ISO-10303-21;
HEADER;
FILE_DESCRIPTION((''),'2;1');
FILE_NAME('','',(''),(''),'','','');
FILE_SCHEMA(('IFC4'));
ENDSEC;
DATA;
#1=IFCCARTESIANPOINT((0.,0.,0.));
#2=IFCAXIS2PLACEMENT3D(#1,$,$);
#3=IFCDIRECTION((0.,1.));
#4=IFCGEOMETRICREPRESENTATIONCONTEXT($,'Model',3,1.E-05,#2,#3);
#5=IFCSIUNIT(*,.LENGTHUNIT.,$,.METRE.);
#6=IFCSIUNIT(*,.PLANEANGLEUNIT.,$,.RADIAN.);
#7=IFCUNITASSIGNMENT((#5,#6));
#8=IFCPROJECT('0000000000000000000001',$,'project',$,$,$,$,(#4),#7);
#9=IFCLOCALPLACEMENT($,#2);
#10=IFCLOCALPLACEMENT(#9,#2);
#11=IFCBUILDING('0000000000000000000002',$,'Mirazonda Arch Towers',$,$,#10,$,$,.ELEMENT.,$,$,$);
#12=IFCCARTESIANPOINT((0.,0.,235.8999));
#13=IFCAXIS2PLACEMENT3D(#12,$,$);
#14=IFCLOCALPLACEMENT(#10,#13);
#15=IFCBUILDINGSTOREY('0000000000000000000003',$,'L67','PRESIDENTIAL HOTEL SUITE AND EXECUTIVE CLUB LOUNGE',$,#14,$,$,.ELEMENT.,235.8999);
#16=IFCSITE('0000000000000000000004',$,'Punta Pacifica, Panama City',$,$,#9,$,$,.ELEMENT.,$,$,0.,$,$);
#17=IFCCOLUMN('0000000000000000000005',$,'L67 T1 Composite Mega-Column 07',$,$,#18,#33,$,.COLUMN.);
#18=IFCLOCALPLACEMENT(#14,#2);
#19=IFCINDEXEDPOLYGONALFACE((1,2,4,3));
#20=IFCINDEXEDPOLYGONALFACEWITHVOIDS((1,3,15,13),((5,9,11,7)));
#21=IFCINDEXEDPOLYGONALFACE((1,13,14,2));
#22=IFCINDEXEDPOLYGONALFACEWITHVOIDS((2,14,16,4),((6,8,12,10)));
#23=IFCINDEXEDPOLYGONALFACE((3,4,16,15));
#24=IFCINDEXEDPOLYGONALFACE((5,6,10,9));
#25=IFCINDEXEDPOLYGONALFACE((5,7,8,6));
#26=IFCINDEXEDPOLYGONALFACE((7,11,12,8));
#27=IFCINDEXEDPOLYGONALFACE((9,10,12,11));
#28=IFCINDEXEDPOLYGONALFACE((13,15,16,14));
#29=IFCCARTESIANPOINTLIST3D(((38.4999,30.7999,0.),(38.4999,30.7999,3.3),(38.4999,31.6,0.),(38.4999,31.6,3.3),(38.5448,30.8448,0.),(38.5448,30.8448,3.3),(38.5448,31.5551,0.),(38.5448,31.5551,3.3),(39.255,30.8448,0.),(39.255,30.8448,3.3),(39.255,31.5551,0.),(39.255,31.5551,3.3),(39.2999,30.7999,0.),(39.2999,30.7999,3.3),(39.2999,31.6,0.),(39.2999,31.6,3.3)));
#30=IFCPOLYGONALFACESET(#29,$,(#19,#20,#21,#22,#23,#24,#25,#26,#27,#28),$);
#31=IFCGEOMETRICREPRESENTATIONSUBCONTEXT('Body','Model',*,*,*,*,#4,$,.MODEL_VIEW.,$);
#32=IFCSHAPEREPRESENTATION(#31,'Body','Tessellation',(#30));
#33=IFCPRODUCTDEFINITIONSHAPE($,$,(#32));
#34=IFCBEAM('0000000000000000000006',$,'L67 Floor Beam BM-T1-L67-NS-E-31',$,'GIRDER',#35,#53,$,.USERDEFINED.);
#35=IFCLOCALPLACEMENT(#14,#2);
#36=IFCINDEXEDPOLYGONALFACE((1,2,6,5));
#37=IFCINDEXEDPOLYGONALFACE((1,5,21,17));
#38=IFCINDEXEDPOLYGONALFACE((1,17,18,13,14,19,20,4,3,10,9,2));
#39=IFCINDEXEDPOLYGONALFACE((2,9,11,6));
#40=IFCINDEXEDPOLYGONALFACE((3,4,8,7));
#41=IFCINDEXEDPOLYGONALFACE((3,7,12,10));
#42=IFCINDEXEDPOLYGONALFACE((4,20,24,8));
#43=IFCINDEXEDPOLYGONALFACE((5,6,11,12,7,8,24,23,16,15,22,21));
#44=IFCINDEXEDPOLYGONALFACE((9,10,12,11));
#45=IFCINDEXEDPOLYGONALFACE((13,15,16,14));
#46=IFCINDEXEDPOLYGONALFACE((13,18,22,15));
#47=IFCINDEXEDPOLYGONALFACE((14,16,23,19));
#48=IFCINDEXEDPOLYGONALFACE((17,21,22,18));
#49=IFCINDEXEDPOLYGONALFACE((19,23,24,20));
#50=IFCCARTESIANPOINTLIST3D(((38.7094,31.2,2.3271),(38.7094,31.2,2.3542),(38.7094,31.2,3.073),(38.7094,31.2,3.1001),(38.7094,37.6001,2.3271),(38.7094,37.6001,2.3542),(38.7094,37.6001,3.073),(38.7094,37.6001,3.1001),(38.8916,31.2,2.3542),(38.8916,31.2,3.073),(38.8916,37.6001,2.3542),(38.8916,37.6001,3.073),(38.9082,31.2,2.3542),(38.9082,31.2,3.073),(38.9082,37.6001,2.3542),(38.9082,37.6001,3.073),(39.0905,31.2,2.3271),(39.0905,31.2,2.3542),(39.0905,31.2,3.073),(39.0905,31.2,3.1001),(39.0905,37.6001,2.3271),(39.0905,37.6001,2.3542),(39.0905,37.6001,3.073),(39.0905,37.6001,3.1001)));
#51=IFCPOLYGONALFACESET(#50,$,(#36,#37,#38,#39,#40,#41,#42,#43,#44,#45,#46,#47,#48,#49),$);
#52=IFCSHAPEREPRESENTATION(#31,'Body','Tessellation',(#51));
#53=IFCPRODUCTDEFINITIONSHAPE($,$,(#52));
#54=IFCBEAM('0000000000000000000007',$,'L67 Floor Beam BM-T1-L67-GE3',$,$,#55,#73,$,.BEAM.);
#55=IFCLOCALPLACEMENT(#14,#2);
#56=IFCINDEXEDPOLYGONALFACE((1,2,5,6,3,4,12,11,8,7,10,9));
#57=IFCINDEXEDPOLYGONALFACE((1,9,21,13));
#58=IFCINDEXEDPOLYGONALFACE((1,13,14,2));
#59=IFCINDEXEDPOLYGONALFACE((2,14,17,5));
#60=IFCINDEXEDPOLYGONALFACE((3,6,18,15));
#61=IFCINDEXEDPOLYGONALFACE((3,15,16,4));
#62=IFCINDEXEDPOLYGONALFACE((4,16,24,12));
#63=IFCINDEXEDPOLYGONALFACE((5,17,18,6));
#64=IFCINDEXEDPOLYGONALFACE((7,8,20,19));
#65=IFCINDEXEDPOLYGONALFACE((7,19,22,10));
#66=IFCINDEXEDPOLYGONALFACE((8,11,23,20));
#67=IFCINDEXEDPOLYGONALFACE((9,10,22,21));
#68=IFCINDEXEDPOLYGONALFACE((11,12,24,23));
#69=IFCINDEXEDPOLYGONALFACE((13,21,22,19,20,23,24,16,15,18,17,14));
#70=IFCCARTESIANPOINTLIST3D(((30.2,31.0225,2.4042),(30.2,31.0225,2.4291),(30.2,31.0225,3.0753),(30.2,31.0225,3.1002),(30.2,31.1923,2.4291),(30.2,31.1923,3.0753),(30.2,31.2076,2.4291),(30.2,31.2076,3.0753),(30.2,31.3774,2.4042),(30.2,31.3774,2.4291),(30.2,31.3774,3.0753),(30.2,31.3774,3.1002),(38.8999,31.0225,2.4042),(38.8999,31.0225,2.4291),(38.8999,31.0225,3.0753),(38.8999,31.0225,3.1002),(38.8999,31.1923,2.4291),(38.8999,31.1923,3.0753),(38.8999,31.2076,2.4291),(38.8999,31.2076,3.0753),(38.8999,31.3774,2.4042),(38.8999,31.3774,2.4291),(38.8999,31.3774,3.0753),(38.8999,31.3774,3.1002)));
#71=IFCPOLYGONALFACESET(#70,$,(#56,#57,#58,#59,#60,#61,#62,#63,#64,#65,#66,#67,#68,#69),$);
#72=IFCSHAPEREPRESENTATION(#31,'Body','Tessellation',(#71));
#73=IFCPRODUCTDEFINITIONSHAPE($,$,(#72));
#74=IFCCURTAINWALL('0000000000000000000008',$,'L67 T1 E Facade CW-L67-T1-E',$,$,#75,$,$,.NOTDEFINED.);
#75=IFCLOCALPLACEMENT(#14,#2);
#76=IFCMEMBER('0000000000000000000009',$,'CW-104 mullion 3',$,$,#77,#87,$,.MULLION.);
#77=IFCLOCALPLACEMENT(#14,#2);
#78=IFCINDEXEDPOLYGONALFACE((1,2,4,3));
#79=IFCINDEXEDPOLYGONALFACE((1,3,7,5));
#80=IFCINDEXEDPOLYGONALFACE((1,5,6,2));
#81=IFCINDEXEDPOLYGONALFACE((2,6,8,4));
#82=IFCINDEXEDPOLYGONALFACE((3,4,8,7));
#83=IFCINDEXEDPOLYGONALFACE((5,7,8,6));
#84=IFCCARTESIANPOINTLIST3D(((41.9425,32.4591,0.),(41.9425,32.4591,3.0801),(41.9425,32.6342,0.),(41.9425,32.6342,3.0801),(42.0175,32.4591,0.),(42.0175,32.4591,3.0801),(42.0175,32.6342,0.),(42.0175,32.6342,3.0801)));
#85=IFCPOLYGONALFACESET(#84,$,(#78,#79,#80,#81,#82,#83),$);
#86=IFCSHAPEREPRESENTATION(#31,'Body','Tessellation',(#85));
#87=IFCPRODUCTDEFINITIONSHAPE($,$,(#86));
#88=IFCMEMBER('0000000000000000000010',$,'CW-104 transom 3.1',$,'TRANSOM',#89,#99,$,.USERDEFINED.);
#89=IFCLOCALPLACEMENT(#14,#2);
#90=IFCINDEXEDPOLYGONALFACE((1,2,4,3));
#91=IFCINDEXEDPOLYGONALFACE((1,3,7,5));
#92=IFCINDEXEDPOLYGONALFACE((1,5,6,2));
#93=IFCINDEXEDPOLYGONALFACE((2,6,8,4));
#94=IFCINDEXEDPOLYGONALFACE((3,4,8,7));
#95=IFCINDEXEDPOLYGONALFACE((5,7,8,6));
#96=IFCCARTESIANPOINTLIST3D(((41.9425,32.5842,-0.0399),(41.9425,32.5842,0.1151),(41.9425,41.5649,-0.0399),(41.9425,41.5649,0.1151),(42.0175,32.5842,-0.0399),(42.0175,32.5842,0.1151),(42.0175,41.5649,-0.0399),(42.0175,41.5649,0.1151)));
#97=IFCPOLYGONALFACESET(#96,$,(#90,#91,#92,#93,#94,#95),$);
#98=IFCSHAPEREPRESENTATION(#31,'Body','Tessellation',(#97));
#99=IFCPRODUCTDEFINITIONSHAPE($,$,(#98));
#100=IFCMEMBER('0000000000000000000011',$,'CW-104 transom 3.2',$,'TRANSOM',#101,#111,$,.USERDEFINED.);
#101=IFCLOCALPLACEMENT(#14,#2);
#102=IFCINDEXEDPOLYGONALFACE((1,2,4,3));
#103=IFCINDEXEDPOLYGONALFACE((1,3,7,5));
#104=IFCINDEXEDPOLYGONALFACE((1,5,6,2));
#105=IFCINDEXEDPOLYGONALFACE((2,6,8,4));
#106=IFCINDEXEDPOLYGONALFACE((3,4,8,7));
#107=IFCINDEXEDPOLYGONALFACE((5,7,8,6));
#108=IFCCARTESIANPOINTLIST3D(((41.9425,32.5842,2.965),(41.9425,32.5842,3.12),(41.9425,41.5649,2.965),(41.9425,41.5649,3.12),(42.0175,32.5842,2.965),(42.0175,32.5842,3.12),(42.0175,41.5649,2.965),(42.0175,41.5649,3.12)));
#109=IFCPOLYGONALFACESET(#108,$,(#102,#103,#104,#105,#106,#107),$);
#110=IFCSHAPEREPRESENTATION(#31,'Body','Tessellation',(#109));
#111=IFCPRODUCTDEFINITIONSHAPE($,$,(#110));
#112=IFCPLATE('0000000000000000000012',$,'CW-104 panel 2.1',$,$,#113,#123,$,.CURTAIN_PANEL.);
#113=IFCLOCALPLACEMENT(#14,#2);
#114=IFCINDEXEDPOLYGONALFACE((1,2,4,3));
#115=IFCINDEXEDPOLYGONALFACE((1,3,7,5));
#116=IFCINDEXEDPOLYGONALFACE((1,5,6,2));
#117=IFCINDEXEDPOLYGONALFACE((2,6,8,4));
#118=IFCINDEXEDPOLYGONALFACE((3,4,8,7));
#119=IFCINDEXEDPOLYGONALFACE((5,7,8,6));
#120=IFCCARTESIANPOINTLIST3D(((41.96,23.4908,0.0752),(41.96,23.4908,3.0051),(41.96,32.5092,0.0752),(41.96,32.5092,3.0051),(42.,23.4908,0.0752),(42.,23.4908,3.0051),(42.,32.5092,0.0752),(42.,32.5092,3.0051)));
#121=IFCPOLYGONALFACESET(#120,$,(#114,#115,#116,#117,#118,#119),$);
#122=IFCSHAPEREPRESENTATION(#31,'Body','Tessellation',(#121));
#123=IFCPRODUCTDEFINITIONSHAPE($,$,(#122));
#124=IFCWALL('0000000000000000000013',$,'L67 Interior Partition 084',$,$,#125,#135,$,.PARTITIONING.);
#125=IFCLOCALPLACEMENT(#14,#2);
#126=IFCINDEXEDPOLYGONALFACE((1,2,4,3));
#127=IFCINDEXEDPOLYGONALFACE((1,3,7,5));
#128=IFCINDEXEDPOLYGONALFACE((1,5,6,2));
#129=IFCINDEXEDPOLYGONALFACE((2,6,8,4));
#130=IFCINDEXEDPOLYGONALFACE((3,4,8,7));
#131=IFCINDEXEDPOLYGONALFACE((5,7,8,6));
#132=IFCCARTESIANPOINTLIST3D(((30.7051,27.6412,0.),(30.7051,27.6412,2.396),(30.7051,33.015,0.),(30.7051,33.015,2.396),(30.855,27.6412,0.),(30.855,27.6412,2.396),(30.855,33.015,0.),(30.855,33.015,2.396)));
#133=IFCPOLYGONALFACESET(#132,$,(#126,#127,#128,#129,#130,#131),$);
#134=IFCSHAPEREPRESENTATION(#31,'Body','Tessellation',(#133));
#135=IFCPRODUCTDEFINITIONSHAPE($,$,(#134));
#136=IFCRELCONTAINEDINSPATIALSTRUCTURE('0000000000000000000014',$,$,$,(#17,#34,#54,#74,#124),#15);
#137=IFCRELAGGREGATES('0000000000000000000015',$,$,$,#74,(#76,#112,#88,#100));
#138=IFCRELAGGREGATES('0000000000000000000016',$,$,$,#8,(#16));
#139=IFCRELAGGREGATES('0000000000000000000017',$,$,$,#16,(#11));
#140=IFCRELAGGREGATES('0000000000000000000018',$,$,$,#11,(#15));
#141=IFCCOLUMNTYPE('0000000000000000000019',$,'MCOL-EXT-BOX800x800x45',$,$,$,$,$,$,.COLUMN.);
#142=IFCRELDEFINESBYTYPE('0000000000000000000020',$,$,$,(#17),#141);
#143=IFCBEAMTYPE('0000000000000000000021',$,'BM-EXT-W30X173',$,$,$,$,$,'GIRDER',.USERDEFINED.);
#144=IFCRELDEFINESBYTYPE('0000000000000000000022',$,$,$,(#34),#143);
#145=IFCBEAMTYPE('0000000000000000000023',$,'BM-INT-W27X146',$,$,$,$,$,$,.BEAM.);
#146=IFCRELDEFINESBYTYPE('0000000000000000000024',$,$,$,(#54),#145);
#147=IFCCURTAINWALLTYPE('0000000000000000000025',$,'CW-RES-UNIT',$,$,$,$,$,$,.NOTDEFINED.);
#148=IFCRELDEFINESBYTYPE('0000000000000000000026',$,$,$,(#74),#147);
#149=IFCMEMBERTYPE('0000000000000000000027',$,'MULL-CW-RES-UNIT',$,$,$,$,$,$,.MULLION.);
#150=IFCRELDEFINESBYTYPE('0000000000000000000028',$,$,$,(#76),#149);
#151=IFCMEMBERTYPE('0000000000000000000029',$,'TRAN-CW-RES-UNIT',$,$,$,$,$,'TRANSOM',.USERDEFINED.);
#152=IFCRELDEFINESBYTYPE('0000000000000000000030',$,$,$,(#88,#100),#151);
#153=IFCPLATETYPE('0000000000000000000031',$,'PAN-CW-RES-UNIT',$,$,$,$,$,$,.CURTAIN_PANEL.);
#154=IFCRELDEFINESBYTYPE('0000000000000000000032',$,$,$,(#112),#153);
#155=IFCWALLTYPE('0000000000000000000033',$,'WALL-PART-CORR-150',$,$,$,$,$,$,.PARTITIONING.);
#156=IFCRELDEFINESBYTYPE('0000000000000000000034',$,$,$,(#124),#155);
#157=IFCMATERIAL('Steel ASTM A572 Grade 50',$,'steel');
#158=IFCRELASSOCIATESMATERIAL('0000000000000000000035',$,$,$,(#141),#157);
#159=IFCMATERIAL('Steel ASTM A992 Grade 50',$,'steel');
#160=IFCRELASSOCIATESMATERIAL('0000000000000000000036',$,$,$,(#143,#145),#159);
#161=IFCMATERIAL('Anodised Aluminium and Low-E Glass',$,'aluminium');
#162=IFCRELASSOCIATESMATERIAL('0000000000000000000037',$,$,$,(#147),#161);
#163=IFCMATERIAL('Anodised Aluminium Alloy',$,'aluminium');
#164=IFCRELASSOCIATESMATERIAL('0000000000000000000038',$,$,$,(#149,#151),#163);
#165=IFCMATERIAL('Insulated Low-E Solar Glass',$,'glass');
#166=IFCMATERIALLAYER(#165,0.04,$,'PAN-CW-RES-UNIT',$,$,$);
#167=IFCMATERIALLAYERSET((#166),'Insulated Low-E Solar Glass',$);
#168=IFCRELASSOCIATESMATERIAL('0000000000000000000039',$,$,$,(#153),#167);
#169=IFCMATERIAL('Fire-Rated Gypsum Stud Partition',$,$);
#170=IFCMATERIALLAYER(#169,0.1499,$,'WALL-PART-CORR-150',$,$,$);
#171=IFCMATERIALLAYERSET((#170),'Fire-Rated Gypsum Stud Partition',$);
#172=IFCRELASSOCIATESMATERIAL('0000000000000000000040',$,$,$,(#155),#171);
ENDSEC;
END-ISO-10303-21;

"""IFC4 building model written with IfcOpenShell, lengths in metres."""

from ifc_helpers import new_model, si_unit, direction, frame, frame_2d, origin, origin_2d, place, context, subcontext, project, spatial, rectangle, hollow_rectangle, i_section, extrude, material, layer, layer_set, material_profile, profile_set, type_object, element, aggregate, save


model = new_model("IFC4")

# Units and contexts
model_context = context("Model", 3, precision=1e-05, world=origin(), true_north=direction((0.0, 1.0)))
body_context = subcontext(model_context, "Body", "Model", "MODEL_VIEW")
ifc_project = project(units=[si_unit("LENGTHUNIT", "METRE"), si_unit("PLANEANGLEUNIT", "RADIAN")], contexts=[model_context])

# Site, building, storey
site_placement = place(None, origin())
site = spatial("IfcSite", under=ifc_project, at=site_placement, Name="Punta Pacifica, Panama City", CompositionType="ELEMENT", RefElevation=0.0)
building_placement = place(site_placement, origin())
building = spatial("IfcBuilding", under=site, at=building_placement, Name="Mirazonda Arch Towers", CompositionType="ELEMENT")
storey_placement = place(building_placement, frame((0.0, 0.0, 235.8999)))
storey = spatial("IfcBuildingStorey", under=building, at=storey_placement, Name="L67", Description="PRESIDENTIAL HOTEL SUITE AND EXECUTIVE CLUB LOUNGE", CompositionType="ELEMENT", Elevation=235.8999)

# Column
ifc_material_1 = material(Name="Steel ASTM A572 Grade 50", Category="steel")
ifc_material_profile_1 = material_profile(ifc_material_1, hollow_rectangle(XDim=0.8, YDim=0.8, WallThickness=0.0449, at=origin_2d()), Name="BOX800x800x45")
ifc_profile_set_1 = profile_set([ifc_material_profile_1], Name="Steel ASTM A572 Grade 50")
column_type = type_object("IfcColumnType", Name="MCOL-EXT-BOX800x800x45", PredefinedType="COLUMN", material=ifc_profile_set_1)
column_placement = place(storey_placement, frame((38.8999, 31.2, 0.0), z_axis=(0.0, 0.0, 1.0), x_axis=(1.0, 0.0, 0.0)))
element("IfcColumn", 1, at=column_placement, inside=storey, type_object=column_type, Name="L67 T1 Composite Mega-Column 07", PredefinedType="COLUMN", context=body_context, shape_type="SweptSolid", body=[
    extrude(hollow_rectangle(XDim=0.8, YDim=0.8, WallThickness=0.0449, at=origin_2d()), origin(), (0.0, 0.0, 1.0), 3.3),
])

# Beams
ifc_material_2 = material(Name="Steel ASTM A992 Grade 50", Category="steel")
ifc_material_profile_2 = material_profile(ifc_material_2, i_section(OverallWidth=0.3811, OverallDepth=0.7729, WebThickness=0.0166, FlangeThickness=0.0271, at=origin_2d()), Name="W30X173")
ifc_profile_set_2 = profile_set([ifc_material_profile_2], Name="Steel ASTM A992 Grade 50")
beam_type_1 = type_object("IfcBeamType", Name="BM-EXT-W30X173", ElementType="GIRDER", PredefinedType="USERDEFINED", material=ifc_profile_set_2)
beam_1_placement = place(storey_placement, frame((38.8999, 31.2, 2.7136), z_axis=(0.0, 1.0, 0.0), x_axis=(-1.0, 0.0, 0.0)))
element("IfcBeam", 2, at=beam_1_placement, inside=storey, type_object=beam_type_1, Name="L67 Floor Beam BM-T1-L67-NS-E-31", ObjectType="GIRDER", PredefinedType="USERDEFINED", context=body_context, shape_type="SweptSolid", body=[
    extrude(i_section(OverallWidth=0.3811, OverallDepth=0.7729, WebThickness=0.0166, FlangeThickness=0.0271, at=origin_2d()), origin(), (0.0, 0.0, 1.0), 6.4001),
])
ifc_material_profile_3 = material_profile(ifc_material_2, i_section(OverallWidth=0.355, OverallDepth=0.696, WebThickness=0.0154, FlangeThickness=0.0249, at=origin_2d()), Name="W27X146")
ifc_profile_set_3 = profile_set([ifc_material_profile_3], Name="Steel ASTM A992 Grade 50")
beam_type_2 = type_object("IfcBeamType", Name="BM-INT-W27X146", PredefinedType="BEAM", material=ifc_profile_set_3)
beam_2_placement = place(storey_placement, frame((30.2, 31.2, 2.7522), z_axis=(1.0, 0.0, 0.0), x_axis=(0.0, 1.0, 0.0)))
element("IfcBeam", 3, at=beam_2_placement, inside=storey, type_object=beam_type_2, Name="L67 Floor Beam BM-T1-L67-GE3", PredefinedType="BEAM", context=body_context, shape_type="SweptSolid", body=[
    extrude(i_section(OverallWidth=0.355, OverallDepth=0.696, WebThickness=0.0154, FlangeThickness=0.0249, at=origin_2d()), origin(), (0.0, 0.0, 1.0), 8.7),
])

# Curtain wall, members, plate
ifc_material_3 = material(Name="Anodised Aluminium and Low-E Glass", Category="aluminium")
curtain_wall_type = type_object("IfcCurtainWallType", Name="CW-RES-UNIT", PredefinedType="NOTDEFINED", material=ifc_material_3)
curtain_wall_placement = place(storey_placement, origin())
curtain_wall = element("IfcCurtainWall", 4, at=curtain_wall_placement, inside=storey, type_object=curtain_wall_type, Name="L67 T1 E Facade CW-L67-T1-E", PredefinedType="NOTDEFINED")
ifc_material_4 = material(Name="Anodised Aluminium Alloy", Category="aluminium")
ifc_material_profile_4 = material_profile(ifc_material_4, rectangle(XDim=0.075, YDim=0.175, at=origin_2d()), Name="ALU-MULL-75x175")
ifc_profile_set_4 = profile_set([ifc_material_profile_4], Name="Anodised Aluminium Alloy")
member_type_1 = type_object("IfcMemberType", Name="MULL-CW-RES-UNIT", PredefinedType="MULLION", material=ifc_profile_set_4)
member_1_placement = place(storey_placement, frame((41.98, 32.5466, 0.0), z_axis=(0.0, 0.0, 1.0), x_axis=(-1.0, 0.0, 0.0)))
member_1 = element("IfcMember", 5, at=member_1_placement, type_object=member_type_1, Name="CW-104 mullion 3", PredefinedType="MULLION", context=body_context, shape_type="SweptSolid", body=[
    extrude(rectangle(XDim=0.075, YDim=0.175, at=origin_2d()), origin(), (0.0, 0.0, 1.0), 3.0801),
])
ifc_material_profile_5 = material_profile(ifc_material_4, rectangle(XDim=0.075, YDim=0.155, at=origin_2d()), Name="ALU-TRAN-75x155")
ifc_profile_set_5 = profile_set([ifc_material_profile_5], Name="Anodised Aluminium Alloy")
member_type_2 = type_object("IfcMemberType", Name="TRAN-CW-RES-UNIT", ElementType="TRANSOM", PredefinedType="USERDEFINED", material=ifc_profile_set_5)
member_2_placement = place(storey_placement, frame((41.98, 32.5842, 0.0376), z_axis=(0.0, 1.0, 0.0), x_axis=(-1.0, 0.0, 0.0)))
member_2 = element("IfcMember", 6, at=member_2_placement, type_object=member_type_2, Name="CW-104 transom 3.1", ObjectType="TRANSOM", PredefinedType="USERDEFINED", context=body_context, shape_type="SweptSolid", body=[
    extrude(rectangle(XDim=0.075, YDim=0.155, at=origin_2d()), origin(), (0.0, 0.0, 1.0), 8.9807),
])
member_3_placement = place(storey_placement, frame((41.98, 32.5842, 3.0425), z_axis=(0.0, 1.0, 0.0), x_axis=(-1.0, 0.0, 0.0)))
member_3 = element("IfcMember", 7, at=member_3_placement, type_object=member_type_2, Name="CW-104 transom 3.2", ObjectType="TRANSOM", PredefinedType="USERDEFINED", context=body_context, shape_type="SweptSolid", body=[
    extrude(rectangle(XDim=0.075, YDim=0.155, at=origin_2d()), origin(), (0.0, 0.0, 1.0), 8.9807),
])
ifc_material_5 = material(Name="Insulated Low-E Solar Glass", Category="glass")
ifc_layer_1 = layer(ifc_material_5, 0.04, Name="PAN-CW-RES-UNIT")
ifc_layer_set_1 = layer_set([ifc_layer_1], Name="Insulated Low-E Solar Glass")
plate_type = type_object("IfcPlateType", Name="PAN-CW-RES-UNIT", PredefinedType="CURTAIN_PANEL", material=ifc_layer_set_1)
plate_placement = place(storey_placement, frame((41.98, 28.0, 0.0752), z_axis=(0.0, 0.0, 1.0), x_axis=(0.0, 1.0, 0.0)))
plate = element("IfcPlate", 8, at=plate_placement, type_object=plate_type, Name="CW-104 panel 2.1", PredefinedType="CURTAIN_PANEL", context=body_context, shape_type="SweptSolid", body=[
    extrude(rectangle(XDim=9.0183, YDim=0.04, at=origin_2d()), origin(), (0.0, 0.0, 1.0), 2.9299),
])
aggregate(curtain_wall, [member_1, plate, member_2, member_3])

# Wall
ifc_material_6 = material(Name="Fire-Rated Gypsum Stud Partition")
ifc_layer_2 = layer(ifc_material_6, 0.1499, Name="WALL-PART-CORR-150")
ifc_layer_set_2 = layer_set([ifc_layer_2], Name="Fire-Rated Gypsum Stud Partition")
wall_type_1 = type_object("IfcWallType", Name="WALL-PART-CORR-150", PredefinedType="PARTITIONING", material=ifc_layer_set_2)
wall_1_placement = place(storey_placement, frame((30.78, 27.6411, 0.0), z_axis=(0.0, 0.0, 1.0), x_axis=(0.0, 1.0, 0.0)))
element("IfcWall", 9, at=wall_1_placement, inside=storey, type_object=wall_type_1, Name="L67 Interior Partition 084", PredefinedType="PARTITIONING", context=body_context, shape_type="SweptSolid", body=[
    extrude(rectangle(XDim=5.3738, YDim=0.1499, at=frame_2d((2.687, 0.0))), origin(), (0.0, 0.0, 1.0), 2.396),
])

save(model, "model.ifc")
